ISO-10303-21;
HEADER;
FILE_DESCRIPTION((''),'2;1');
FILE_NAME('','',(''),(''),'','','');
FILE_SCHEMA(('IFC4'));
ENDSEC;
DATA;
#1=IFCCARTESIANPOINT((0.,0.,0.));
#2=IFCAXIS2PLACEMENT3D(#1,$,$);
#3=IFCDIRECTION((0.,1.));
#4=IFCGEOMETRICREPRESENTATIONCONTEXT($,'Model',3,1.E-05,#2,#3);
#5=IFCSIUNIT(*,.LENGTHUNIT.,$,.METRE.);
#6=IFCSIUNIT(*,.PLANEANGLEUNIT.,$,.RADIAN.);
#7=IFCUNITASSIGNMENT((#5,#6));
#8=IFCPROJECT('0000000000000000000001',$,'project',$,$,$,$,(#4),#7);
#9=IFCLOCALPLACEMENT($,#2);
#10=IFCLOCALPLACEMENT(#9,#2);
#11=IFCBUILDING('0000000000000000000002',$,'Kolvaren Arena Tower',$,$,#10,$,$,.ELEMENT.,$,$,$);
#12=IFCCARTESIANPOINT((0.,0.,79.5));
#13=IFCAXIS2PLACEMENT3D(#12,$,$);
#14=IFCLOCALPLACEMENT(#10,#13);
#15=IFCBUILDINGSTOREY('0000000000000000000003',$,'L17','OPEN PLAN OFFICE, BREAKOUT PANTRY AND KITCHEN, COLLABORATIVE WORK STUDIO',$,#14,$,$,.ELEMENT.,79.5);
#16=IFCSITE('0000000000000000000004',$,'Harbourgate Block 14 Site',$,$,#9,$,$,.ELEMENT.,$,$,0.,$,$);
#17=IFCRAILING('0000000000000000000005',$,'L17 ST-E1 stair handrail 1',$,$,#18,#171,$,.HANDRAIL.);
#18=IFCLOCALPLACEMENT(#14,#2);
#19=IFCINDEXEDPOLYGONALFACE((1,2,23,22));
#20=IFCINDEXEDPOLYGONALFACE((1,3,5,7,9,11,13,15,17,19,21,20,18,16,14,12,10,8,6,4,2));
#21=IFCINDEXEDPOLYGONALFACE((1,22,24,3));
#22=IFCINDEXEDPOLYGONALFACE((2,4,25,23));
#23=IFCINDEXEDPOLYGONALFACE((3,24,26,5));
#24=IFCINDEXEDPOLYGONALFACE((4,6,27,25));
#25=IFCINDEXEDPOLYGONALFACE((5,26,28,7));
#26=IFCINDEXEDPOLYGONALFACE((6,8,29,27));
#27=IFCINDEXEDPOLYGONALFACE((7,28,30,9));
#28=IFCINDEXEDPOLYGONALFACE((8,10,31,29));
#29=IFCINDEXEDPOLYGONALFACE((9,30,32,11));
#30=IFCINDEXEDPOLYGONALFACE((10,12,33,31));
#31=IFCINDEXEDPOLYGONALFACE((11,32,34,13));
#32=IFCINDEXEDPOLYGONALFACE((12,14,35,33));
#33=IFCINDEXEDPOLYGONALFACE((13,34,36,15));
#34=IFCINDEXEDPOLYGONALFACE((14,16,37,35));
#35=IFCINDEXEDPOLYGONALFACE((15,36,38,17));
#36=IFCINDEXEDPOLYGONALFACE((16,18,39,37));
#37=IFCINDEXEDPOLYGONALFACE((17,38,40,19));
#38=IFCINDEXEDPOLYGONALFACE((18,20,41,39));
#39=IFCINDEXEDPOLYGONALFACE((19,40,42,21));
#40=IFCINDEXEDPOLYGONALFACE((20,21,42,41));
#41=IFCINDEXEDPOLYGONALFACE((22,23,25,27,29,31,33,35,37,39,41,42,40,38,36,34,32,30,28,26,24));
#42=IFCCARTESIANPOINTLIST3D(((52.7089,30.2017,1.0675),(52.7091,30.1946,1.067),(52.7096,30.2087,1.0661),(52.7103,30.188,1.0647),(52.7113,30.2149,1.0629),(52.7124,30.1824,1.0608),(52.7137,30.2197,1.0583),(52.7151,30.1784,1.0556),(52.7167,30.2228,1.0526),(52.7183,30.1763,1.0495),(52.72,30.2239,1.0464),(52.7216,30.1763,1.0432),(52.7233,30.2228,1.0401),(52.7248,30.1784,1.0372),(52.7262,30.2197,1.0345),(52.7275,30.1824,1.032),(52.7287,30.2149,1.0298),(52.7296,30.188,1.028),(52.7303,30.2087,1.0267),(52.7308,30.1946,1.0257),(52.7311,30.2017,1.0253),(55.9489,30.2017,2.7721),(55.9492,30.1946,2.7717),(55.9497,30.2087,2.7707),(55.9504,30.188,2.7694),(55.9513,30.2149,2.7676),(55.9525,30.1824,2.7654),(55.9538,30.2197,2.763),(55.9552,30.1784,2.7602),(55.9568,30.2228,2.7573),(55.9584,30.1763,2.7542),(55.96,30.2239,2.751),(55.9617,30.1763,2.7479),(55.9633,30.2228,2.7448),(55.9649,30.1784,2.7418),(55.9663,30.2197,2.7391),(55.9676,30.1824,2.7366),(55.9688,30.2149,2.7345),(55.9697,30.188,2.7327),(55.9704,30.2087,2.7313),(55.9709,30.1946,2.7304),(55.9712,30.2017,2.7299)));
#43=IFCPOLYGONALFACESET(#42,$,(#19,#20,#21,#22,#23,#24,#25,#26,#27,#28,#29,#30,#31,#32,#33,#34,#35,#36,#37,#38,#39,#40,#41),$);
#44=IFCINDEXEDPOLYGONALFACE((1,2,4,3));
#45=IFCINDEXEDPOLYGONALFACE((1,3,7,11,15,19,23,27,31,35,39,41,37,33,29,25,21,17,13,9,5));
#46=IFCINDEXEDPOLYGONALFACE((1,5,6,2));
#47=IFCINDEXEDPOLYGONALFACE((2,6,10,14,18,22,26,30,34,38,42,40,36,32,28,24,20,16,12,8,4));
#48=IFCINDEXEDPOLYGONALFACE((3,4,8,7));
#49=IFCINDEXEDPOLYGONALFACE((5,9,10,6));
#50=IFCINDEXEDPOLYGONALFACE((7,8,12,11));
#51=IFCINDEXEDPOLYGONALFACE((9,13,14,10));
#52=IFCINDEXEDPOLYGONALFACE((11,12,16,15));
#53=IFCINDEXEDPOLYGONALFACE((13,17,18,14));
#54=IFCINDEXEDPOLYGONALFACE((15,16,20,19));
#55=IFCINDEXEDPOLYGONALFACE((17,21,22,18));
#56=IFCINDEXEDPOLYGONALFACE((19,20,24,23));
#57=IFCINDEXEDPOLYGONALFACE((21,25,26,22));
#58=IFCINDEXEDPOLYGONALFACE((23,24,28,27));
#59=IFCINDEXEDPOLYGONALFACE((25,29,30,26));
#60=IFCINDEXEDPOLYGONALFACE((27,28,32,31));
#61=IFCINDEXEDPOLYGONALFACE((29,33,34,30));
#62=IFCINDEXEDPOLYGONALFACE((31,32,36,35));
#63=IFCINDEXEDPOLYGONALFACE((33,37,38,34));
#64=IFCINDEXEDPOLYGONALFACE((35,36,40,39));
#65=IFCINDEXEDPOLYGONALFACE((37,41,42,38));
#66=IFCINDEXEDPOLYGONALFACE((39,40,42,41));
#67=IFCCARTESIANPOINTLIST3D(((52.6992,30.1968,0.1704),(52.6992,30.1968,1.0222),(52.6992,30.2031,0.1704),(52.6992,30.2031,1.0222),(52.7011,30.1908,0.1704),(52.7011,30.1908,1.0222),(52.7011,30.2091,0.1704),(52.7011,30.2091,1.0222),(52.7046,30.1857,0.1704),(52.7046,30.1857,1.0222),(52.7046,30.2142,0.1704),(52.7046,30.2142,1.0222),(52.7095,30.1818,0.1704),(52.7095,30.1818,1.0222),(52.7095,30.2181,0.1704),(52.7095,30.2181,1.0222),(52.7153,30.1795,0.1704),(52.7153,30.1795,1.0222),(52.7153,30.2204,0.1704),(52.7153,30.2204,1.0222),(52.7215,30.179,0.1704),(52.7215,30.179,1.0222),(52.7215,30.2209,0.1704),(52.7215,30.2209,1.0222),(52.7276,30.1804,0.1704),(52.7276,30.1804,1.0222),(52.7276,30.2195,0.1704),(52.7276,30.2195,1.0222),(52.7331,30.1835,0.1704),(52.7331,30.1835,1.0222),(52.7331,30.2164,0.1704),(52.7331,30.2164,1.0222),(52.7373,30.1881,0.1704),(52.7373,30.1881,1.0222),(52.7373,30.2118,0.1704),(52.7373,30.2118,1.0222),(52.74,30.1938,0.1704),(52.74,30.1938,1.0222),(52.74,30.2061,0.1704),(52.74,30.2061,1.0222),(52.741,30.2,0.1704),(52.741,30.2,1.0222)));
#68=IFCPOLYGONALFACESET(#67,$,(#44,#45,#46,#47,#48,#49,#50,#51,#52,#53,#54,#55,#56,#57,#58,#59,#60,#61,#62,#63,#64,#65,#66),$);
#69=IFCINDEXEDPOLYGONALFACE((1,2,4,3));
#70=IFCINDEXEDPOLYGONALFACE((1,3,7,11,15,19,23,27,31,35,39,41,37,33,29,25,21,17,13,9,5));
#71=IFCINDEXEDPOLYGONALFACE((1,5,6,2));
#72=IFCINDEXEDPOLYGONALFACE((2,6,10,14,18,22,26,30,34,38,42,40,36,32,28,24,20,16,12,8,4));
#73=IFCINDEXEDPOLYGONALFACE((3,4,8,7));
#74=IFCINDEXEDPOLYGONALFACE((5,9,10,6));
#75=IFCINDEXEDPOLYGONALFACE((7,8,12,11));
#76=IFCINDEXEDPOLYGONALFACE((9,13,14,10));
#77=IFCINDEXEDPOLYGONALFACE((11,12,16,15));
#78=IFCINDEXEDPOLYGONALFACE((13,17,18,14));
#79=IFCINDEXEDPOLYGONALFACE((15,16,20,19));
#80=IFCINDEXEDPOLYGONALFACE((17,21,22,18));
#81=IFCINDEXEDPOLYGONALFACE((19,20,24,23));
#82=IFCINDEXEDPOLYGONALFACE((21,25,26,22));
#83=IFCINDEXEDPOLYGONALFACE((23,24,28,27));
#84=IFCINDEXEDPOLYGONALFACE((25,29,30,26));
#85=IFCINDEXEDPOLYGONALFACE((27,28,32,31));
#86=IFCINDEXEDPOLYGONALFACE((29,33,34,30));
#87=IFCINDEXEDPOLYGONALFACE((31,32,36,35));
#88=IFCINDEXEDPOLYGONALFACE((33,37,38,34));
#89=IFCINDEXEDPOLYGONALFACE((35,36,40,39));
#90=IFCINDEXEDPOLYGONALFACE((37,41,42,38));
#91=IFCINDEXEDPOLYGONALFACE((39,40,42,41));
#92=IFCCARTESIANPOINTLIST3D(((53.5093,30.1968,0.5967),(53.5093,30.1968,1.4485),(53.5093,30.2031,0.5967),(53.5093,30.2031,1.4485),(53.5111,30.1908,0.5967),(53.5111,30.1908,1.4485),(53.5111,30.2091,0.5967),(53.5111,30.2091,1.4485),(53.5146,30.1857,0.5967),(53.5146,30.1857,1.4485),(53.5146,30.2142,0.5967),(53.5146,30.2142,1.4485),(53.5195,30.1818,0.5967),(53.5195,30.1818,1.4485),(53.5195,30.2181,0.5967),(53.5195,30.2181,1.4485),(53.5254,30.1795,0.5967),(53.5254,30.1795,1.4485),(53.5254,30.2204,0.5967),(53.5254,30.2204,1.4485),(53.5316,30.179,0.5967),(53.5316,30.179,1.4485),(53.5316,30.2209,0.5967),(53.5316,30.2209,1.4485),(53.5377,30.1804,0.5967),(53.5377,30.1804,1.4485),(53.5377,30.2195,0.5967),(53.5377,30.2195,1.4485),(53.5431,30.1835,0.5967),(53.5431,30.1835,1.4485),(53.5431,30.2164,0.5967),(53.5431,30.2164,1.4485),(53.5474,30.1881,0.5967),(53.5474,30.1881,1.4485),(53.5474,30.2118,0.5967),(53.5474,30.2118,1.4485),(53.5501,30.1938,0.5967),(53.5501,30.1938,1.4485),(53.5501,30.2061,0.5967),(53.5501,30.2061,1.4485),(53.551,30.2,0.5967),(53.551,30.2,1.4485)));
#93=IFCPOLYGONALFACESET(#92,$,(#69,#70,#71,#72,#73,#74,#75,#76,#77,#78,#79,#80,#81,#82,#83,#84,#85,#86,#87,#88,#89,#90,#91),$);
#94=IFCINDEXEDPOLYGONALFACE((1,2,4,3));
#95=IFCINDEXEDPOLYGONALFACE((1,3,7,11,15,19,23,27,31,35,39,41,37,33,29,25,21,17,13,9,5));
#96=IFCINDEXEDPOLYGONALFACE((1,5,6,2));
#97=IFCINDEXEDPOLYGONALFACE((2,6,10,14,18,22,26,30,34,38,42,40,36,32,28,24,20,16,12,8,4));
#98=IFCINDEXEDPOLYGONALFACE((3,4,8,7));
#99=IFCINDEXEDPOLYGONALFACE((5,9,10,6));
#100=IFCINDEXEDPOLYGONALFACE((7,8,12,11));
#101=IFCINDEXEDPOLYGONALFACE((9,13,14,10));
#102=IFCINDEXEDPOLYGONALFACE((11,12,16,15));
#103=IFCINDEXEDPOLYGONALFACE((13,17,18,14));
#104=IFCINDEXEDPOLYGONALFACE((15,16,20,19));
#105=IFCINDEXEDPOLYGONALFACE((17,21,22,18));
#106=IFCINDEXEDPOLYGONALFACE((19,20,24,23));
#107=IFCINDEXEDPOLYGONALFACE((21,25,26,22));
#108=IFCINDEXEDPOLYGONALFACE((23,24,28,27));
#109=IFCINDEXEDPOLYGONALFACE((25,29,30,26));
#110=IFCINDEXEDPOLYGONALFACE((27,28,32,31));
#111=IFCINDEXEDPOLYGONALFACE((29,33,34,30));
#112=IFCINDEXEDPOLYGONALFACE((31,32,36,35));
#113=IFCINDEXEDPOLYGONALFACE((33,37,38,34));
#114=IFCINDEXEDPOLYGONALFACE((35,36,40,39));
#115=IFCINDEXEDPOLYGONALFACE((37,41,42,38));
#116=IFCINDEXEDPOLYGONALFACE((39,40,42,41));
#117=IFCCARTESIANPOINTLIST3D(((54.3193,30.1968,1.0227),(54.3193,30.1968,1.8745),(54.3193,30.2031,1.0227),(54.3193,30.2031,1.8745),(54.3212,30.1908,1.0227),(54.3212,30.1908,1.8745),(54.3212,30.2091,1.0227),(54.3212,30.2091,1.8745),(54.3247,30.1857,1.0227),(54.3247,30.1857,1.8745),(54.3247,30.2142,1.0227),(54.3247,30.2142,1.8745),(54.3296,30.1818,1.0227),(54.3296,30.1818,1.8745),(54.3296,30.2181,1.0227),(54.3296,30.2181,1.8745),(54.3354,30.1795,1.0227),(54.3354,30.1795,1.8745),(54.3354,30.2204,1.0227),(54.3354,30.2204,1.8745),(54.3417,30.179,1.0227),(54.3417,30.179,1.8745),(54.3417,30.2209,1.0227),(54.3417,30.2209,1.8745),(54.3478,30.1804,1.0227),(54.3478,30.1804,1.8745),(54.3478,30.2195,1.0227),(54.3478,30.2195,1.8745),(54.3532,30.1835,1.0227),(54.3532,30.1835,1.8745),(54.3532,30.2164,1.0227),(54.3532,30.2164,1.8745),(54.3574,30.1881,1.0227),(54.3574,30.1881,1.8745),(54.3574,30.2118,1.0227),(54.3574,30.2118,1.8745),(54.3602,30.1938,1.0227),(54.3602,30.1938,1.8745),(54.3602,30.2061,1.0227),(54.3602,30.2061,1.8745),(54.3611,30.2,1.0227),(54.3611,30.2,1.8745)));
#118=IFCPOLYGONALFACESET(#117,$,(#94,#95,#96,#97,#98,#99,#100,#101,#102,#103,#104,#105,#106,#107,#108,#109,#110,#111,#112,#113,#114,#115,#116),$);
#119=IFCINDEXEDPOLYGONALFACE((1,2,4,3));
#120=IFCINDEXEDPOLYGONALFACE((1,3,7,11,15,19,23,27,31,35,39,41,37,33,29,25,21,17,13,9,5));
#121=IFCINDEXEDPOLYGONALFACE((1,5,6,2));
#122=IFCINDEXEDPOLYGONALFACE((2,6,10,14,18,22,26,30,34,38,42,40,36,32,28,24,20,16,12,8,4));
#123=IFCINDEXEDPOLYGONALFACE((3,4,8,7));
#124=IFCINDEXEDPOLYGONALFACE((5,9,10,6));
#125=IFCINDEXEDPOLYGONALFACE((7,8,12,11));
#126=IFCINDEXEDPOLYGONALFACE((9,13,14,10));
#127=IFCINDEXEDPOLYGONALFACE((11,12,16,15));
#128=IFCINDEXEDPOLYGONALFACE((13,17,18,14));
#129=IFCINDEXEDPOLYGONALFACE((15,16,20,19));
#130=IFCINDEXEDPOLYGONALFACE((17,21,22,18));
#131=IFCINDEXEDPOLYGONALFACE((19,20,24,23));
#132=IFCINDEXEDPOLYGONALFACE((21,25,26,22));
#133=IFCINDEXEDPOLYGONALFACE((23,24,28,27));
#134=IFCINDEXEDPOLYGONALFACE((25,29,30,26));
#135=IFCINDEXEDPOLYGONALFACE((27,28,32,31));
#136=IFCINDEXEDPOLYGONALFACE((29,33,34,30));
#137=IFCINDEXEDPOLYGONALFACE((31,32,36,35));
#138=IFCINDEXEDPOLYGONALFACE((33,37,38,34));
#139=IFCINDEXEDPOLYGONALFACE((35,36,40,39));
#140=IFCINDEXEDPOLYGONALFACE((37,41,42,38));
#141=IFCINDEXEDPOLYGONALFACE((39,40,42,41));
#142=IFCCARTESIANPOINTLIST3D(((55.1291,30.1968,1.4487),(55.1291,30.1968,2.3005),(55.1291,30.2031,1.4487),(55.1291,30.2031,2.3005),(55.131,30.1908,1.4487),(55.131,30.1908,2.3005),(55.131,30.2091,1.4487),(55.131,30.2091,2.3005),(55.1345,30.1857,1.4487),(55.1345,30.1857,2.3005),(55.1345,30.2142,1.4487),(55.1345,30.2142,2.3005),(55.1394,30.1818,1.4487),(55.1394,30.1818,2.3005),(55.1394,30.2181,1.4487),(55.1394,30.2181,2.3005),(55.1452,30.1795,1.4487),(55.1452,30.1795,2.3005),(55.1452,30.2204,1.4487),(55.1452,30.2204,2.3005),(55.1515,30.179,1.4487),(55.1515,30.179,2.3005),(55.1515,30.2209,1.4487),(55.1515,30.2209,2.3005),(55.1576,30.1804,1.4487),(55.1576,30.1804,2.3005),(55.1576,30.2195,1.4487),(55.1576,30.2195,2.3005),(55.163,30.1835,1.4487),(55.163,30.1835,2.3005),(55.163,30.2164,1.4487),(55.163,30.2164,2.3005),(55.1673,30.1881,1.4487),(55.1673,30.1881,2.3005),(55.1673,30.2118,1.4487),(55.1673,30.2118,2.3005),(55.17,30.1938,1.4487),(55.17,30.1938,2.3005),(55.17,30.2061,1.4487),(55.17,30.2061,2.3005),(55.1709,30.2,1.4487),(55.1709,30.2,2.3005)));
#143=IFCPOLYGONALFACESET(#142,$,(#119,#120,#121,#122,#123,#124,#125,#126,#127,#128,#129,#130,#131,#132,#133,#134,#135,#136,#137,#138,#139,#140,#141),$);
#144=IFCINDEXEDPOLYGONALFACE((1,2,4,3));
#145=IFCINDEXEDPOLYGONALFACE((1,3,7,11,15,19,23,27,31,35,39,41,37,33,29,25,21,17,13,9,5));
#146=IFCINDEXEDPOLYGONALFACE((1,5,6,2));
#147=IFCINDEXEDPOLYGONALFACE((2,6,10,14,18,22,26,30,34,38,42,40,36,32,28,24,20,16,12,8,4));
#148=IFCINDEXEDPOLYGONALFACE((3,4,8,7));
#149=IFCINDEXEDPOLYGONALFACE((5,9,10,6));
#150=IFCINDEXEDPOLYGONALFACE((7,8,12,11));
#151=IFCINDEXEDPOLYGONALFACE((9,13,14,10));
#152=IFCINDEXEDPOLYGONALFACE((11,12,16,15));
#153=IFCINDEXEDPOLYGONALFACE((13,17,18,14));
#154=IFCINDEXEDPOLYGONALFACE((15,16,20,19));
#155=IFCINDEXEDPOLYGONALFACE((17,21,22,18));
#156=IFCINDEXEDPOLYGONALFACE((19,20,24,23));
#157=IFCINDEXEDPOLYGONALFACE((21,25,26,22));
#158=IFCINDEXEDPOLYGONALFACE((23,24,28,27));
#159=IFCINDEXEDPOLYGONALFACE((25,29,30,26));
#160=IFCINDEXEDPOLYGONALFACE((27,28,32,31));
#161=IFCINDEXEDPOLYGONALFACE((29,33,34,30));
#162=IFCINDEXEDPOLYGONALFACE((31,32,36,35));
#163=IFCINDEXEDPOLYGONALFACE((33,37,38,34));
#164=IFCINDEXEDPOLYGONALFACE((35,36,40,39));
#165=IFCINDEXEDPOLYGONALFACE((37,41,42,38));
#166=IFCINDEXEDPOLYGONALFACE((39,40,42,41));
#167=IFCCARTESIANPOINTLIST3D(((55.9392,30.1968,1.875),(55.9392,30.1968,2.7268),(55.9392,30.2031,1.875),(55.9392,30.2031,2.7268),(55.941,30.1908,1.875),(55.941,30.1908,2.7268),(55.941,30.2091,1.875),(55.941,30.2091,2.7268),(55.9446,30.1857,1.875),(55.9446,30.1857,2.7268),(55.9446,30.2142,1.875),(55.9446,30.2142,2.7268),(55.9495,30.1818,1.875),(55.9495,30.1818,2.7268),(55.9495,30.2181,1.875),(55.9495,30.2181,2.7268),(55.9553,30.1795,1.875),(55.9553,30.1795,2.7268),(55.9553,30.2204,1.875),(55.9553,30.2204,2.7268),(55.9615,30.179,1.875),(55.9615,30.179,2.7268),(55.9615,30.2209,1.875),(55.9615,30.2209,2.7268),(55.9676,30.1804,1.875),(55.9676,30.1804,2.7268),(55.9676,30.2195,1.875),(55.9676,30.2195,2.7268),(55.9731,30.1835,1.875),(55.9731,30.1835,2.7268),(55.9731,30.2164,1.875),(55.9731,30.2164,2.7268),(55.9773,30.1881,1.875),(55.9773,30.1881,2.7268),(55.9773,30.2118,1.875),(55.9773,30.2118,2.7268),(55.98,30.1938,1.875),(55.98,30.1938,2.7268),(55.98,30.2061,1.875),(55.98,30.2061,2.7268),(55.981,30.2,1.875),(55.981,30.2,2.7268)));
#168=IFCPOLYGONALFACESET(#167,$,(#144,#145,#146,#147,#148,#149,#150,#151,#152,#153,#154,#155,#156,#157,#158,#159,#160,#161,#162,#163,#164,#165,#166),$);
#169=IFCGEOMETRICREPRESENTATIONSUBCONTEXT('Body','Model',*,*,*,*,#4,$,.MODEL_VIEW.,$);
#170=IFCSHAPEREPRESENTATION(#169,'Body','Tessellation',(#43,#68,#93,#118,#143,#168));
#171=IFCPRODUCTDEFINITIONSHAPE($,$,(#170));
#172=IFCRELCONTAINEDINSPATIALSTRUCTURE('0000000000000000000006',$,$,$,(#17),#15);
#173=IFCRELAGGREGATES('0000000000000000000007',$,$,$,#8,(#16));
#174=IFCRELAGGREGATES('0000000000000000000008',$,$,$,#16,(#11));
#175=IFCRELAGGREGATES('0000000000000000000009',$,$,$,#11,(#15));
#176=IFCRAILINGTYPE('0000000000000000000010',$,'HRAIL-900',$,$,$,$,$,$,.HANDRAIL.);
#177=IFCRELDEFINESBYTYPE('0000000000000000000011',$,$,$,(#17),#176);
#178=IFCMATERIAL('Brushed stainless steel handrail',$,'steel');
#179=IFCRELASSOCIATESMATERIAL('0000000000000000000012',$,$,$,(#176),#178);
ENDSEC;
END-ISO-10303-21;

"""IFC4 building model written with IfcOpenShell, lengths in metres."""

from ifc_helpers import new_model, si_unit, direction, frame, origin, origin_2d, place, context, subcontext, project, spatial, circle, extrude, material, type_object, element, save


model = new_model("IFC4")

# Units and contexts
model_context = context("Model", 3, precision=1e-05, world=origin(), true_north=direction((0.0, 1.0)))
body_context = subcontext(model_context, "Body", "Model", "MODEL_VIEW")
ifc_project = project(units=[si_unit("LENGTHUNIT", "METRE"), si_unit("PLANEANGLEUNIT", "RADIAN")], contexts=[model_context])

# Site, building, storey
site_placement = place(None, origin())
site = spatial("IfcSite", under=ifc_project, at=site_placement, Name="Harbourgate Block 14 Site", CompositionType="ELEMENT", RefElevation=0.0)
building_placement = place(site_placement, origin())
building = spatial("IfcBuilding", under=site, at=building_placement, Name="Kolvaren Arena Tower", CompositionType="ELEMENT")
storey_placement = place(building_placement, frame((0.0, 0.0, 79.5)))
storey = spatial("IfcBuildingStorey", under=building, at=storey_placement, Name="L17", Description="OPEN PLAN OFFICE, BREAKOUT PANTRY AND KITCHEN, COLLABORATIVE WORK STUDIO", CompositionType="ELEMENT", Elevation=79.5)

# Railing
ifc_material_1 = material(Name="Brushed stainless steel handrail", Category="steel")
railing_type_1 = type_object("IfcRailingType", Name="HRAIL-900", PredefinedType="HANDRAIL", material=ifc_material_1)
for number, where, name in (
    (1, (52.72, 30.2, 0.1704), "L17 ST-E1 stair handrail 1"),
):
    element("IfcRailing", number, at=place(storey_placement, frame(where)), inside=storey, type_object=railing_type_1, Name=name, PredefinedType="HANDRAIL", context=body_context, shape_type="SweptSolid", body=[
        extrude(circle(Radius=0.0239, at=origin_2d()), frame((0.0, 0.0, 0.876), z_axis=(0.884993, 0.0, 0.465604), x_axis=(0.0, 1.0, 0.0)), (0.0, 0.0, 1.0), 3.6611),
        extrude(circle(Radius=0.021, at=origin_2d()), origin(), (0.0, 0.0, 1.0), 0.8518),
        extrude(circle(Radius=0.021, at=origin_2d()), frame((0.8101, 0.0, 0.4263)), (0.0, 0.0, 1.0), 0.8518),
        extrude(circle(Radius=0.021, at=origin_2d()), frame((1.6201, 0.0, 0.8523)), (0.0, 0.0, 1.0), 0.8518),
        extrude(circle(Radius=0.021, at=origin_2d()), frame((2.4299, 0.0, 1.2783)), (0.0, 0.0, 1.0), 0.8518),
        extrude(circle(Radius=0.021, at=origin_2d()), frame((3.24, 0.0, 1.7046)), (0.0, 0.0, 1.0), 0.8518),
    ])

save(model, "model.ifc")
